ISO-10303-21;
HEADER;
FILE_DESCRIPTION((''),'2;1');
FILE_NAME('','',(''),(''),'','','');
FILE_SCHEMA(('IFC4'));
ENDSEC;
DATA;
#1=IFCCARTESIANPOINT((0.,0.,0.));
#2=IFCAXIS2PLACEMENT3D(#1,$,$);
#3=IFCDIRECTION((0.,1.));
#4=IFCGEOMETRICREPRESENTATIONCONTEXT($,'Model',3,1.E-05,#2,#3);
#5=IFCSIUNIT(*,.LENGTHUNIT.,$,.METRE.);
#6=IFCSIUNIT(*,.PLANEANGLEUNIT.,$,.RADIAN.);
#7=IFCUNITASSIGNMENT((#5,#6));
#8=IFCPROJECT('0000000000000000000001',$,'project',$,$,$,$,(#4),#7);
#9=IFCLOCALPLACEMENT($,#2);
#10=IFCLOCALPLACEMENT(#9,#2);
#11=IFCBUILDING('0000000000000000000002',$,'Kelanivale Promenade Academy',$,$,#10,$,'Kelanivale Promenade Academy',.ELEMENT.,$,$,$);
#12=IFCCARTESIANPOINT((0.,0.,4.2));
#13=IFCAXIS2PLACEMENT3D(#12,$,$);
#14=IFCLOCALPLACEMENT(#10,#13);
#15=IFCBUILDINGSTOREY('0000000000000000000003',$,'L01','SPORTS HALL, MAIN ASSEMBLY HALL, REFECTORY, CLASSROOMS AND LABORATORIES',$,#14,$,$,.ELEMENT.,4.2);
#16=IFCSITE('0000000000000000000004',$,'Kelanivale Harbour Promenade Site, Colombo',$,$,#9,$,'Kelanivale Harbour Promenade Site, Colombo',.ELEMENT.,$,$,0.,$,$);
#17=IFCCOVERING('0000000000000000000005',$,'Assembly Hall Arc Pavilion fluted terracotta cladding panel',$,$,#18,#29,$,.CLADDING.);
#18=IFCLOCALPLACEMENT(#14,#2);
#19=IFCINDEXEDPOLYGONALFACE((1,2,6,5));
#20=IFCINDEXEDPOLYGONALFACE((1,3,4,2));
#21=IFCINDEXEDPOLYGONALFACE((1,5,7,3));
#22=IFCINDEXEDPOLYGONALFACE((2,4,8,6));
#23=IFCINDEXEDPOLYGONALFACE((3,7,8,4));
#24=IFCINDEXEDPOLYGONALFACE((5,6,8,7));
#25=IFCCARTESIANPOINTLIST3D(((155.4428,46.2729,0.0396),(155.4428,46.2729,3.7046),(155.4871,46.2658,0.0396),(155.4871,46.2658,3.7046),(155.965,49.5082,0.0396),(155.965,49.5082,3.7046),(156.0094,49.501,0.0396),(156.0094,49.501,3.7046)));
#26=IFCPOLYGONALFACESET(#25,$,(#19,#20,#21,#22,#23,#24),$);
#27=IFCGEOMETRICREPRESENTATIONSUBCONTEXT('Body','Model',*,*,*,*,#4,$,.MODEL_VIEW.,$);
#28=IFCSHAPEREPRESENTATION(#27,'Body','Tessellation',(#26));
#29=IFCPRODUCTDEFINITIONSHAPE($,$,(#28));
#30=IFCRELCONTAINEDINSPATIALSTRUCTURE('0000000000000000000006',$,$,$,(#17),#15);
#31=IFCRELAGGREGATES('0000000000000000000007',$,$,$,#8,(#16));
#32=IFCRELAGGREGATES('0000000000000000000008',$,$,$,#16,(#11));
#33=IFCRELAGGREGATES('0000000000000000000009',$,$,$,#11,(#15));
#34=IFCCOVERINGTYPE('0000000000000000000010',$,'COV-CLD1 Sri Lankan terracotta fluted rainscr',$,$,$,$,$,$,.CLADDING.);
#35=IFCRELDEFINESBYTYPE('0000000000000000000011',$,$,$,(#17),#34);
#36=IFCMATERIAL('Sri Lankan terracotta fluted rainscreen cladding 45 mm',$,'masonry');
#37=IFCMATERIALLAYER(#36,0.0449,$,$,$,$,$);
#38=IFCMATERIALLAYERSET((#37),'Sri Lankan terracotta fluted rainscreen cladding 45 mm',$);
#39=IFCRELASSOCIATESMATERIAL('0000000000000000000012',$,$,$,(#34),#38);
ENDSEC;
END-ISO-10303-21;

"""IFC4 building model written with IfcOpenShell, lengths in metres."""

from ifc_helpers import new_model, si_unit, direction, frame, origin, origin_2d, place, context, subcontext, project, spatial, rectangle, extrude, material, layer, layer_set, type_object, element, save


model = new_model("IFC4")

# Units and contexts
model_context = context("Model", 3, precision=1e-05, world=origin(), true_north=direction((0.0, 1.0)))
body_context = subcontext(model_context, "Body", "Model", "MODEL_VIEW")
ifc_project = project(units=[si_unit("LENGTHUNIT", "METRE"), si_unit("PLANEANGLEUNIT", "RADIAN")], contexts=[model_context])

# Site, building, storey
site_placement = place(None, origin())
site = spatial("IfcSite", under=ifc_project, at=site_placement, Name="Kelanivale Harbour Promenade Site, Colombo", LongName="Kelanivale Harbour Promenade Site, Colombo", CompositionType="ELEMENT", RefElevation=0.0)
building_placement = place(site_placement, origin())
building = spatial("IfcBuilding", under=site, at=building_placement, Name="Kelanivale Promenade Academy", LongName="Kelanivale Promenade Academy", CompositionType="ELEMENT")
storey_placement = place(building_placement, frame((0.0, 0.0, 4.2)))
storey = spatial("IfcBuildingStorey", under=building, at=storey_placement, Name="L01", Description="SPORTS HALL, MAIN ASSEMBLY HALL, REFECTORY, CLASSROOMS AND LABORATORIES", CompositionType="ELEMENT", Elevation=4.2)

# Covering
ifc_material_1 = material(Name="Sri Lankan terracotta fluted rainscreen cladding 45 mm", Category="masonry")
ifc_layer_1 = layer(ifc_material_1, 0.0449)
ifc_layer_set_1 = layer_set([ifc_layer_1], Name="Sri Lankan terracotta fluted rainscreen cladding 45 mm")
covering_type = type_object("IfcCoveringType", Name="COV-CLD1 Sri Lankan terracotta fluted rainscr", PredefinedType="CLADDING", material=ifc_layer_set_1)
covering_1_placement = place(storey_placement, frame((155.7261, 47.887, 0.0396), z_axis=(0.0, 0.0, 1.0), x_axis=(0.159364, 0.98722, 0.0)))
element("IfcCovering", 1, at=covering_1_placement, inside=storey, type_object=covering_type, Name="Assembly Hall Arc Pavilion fluted terracotta cladding panel", PredefinedType="CLADDING", context=body_context, shape_type="SweptSolid", body=[
    extrude(rectangle(XDim=3.2771, YDim=0.0449, at=origin_2d()), origin(), (0.0, 0.0, 1.0), 3.665),
])

save(model, "model.ifc")
